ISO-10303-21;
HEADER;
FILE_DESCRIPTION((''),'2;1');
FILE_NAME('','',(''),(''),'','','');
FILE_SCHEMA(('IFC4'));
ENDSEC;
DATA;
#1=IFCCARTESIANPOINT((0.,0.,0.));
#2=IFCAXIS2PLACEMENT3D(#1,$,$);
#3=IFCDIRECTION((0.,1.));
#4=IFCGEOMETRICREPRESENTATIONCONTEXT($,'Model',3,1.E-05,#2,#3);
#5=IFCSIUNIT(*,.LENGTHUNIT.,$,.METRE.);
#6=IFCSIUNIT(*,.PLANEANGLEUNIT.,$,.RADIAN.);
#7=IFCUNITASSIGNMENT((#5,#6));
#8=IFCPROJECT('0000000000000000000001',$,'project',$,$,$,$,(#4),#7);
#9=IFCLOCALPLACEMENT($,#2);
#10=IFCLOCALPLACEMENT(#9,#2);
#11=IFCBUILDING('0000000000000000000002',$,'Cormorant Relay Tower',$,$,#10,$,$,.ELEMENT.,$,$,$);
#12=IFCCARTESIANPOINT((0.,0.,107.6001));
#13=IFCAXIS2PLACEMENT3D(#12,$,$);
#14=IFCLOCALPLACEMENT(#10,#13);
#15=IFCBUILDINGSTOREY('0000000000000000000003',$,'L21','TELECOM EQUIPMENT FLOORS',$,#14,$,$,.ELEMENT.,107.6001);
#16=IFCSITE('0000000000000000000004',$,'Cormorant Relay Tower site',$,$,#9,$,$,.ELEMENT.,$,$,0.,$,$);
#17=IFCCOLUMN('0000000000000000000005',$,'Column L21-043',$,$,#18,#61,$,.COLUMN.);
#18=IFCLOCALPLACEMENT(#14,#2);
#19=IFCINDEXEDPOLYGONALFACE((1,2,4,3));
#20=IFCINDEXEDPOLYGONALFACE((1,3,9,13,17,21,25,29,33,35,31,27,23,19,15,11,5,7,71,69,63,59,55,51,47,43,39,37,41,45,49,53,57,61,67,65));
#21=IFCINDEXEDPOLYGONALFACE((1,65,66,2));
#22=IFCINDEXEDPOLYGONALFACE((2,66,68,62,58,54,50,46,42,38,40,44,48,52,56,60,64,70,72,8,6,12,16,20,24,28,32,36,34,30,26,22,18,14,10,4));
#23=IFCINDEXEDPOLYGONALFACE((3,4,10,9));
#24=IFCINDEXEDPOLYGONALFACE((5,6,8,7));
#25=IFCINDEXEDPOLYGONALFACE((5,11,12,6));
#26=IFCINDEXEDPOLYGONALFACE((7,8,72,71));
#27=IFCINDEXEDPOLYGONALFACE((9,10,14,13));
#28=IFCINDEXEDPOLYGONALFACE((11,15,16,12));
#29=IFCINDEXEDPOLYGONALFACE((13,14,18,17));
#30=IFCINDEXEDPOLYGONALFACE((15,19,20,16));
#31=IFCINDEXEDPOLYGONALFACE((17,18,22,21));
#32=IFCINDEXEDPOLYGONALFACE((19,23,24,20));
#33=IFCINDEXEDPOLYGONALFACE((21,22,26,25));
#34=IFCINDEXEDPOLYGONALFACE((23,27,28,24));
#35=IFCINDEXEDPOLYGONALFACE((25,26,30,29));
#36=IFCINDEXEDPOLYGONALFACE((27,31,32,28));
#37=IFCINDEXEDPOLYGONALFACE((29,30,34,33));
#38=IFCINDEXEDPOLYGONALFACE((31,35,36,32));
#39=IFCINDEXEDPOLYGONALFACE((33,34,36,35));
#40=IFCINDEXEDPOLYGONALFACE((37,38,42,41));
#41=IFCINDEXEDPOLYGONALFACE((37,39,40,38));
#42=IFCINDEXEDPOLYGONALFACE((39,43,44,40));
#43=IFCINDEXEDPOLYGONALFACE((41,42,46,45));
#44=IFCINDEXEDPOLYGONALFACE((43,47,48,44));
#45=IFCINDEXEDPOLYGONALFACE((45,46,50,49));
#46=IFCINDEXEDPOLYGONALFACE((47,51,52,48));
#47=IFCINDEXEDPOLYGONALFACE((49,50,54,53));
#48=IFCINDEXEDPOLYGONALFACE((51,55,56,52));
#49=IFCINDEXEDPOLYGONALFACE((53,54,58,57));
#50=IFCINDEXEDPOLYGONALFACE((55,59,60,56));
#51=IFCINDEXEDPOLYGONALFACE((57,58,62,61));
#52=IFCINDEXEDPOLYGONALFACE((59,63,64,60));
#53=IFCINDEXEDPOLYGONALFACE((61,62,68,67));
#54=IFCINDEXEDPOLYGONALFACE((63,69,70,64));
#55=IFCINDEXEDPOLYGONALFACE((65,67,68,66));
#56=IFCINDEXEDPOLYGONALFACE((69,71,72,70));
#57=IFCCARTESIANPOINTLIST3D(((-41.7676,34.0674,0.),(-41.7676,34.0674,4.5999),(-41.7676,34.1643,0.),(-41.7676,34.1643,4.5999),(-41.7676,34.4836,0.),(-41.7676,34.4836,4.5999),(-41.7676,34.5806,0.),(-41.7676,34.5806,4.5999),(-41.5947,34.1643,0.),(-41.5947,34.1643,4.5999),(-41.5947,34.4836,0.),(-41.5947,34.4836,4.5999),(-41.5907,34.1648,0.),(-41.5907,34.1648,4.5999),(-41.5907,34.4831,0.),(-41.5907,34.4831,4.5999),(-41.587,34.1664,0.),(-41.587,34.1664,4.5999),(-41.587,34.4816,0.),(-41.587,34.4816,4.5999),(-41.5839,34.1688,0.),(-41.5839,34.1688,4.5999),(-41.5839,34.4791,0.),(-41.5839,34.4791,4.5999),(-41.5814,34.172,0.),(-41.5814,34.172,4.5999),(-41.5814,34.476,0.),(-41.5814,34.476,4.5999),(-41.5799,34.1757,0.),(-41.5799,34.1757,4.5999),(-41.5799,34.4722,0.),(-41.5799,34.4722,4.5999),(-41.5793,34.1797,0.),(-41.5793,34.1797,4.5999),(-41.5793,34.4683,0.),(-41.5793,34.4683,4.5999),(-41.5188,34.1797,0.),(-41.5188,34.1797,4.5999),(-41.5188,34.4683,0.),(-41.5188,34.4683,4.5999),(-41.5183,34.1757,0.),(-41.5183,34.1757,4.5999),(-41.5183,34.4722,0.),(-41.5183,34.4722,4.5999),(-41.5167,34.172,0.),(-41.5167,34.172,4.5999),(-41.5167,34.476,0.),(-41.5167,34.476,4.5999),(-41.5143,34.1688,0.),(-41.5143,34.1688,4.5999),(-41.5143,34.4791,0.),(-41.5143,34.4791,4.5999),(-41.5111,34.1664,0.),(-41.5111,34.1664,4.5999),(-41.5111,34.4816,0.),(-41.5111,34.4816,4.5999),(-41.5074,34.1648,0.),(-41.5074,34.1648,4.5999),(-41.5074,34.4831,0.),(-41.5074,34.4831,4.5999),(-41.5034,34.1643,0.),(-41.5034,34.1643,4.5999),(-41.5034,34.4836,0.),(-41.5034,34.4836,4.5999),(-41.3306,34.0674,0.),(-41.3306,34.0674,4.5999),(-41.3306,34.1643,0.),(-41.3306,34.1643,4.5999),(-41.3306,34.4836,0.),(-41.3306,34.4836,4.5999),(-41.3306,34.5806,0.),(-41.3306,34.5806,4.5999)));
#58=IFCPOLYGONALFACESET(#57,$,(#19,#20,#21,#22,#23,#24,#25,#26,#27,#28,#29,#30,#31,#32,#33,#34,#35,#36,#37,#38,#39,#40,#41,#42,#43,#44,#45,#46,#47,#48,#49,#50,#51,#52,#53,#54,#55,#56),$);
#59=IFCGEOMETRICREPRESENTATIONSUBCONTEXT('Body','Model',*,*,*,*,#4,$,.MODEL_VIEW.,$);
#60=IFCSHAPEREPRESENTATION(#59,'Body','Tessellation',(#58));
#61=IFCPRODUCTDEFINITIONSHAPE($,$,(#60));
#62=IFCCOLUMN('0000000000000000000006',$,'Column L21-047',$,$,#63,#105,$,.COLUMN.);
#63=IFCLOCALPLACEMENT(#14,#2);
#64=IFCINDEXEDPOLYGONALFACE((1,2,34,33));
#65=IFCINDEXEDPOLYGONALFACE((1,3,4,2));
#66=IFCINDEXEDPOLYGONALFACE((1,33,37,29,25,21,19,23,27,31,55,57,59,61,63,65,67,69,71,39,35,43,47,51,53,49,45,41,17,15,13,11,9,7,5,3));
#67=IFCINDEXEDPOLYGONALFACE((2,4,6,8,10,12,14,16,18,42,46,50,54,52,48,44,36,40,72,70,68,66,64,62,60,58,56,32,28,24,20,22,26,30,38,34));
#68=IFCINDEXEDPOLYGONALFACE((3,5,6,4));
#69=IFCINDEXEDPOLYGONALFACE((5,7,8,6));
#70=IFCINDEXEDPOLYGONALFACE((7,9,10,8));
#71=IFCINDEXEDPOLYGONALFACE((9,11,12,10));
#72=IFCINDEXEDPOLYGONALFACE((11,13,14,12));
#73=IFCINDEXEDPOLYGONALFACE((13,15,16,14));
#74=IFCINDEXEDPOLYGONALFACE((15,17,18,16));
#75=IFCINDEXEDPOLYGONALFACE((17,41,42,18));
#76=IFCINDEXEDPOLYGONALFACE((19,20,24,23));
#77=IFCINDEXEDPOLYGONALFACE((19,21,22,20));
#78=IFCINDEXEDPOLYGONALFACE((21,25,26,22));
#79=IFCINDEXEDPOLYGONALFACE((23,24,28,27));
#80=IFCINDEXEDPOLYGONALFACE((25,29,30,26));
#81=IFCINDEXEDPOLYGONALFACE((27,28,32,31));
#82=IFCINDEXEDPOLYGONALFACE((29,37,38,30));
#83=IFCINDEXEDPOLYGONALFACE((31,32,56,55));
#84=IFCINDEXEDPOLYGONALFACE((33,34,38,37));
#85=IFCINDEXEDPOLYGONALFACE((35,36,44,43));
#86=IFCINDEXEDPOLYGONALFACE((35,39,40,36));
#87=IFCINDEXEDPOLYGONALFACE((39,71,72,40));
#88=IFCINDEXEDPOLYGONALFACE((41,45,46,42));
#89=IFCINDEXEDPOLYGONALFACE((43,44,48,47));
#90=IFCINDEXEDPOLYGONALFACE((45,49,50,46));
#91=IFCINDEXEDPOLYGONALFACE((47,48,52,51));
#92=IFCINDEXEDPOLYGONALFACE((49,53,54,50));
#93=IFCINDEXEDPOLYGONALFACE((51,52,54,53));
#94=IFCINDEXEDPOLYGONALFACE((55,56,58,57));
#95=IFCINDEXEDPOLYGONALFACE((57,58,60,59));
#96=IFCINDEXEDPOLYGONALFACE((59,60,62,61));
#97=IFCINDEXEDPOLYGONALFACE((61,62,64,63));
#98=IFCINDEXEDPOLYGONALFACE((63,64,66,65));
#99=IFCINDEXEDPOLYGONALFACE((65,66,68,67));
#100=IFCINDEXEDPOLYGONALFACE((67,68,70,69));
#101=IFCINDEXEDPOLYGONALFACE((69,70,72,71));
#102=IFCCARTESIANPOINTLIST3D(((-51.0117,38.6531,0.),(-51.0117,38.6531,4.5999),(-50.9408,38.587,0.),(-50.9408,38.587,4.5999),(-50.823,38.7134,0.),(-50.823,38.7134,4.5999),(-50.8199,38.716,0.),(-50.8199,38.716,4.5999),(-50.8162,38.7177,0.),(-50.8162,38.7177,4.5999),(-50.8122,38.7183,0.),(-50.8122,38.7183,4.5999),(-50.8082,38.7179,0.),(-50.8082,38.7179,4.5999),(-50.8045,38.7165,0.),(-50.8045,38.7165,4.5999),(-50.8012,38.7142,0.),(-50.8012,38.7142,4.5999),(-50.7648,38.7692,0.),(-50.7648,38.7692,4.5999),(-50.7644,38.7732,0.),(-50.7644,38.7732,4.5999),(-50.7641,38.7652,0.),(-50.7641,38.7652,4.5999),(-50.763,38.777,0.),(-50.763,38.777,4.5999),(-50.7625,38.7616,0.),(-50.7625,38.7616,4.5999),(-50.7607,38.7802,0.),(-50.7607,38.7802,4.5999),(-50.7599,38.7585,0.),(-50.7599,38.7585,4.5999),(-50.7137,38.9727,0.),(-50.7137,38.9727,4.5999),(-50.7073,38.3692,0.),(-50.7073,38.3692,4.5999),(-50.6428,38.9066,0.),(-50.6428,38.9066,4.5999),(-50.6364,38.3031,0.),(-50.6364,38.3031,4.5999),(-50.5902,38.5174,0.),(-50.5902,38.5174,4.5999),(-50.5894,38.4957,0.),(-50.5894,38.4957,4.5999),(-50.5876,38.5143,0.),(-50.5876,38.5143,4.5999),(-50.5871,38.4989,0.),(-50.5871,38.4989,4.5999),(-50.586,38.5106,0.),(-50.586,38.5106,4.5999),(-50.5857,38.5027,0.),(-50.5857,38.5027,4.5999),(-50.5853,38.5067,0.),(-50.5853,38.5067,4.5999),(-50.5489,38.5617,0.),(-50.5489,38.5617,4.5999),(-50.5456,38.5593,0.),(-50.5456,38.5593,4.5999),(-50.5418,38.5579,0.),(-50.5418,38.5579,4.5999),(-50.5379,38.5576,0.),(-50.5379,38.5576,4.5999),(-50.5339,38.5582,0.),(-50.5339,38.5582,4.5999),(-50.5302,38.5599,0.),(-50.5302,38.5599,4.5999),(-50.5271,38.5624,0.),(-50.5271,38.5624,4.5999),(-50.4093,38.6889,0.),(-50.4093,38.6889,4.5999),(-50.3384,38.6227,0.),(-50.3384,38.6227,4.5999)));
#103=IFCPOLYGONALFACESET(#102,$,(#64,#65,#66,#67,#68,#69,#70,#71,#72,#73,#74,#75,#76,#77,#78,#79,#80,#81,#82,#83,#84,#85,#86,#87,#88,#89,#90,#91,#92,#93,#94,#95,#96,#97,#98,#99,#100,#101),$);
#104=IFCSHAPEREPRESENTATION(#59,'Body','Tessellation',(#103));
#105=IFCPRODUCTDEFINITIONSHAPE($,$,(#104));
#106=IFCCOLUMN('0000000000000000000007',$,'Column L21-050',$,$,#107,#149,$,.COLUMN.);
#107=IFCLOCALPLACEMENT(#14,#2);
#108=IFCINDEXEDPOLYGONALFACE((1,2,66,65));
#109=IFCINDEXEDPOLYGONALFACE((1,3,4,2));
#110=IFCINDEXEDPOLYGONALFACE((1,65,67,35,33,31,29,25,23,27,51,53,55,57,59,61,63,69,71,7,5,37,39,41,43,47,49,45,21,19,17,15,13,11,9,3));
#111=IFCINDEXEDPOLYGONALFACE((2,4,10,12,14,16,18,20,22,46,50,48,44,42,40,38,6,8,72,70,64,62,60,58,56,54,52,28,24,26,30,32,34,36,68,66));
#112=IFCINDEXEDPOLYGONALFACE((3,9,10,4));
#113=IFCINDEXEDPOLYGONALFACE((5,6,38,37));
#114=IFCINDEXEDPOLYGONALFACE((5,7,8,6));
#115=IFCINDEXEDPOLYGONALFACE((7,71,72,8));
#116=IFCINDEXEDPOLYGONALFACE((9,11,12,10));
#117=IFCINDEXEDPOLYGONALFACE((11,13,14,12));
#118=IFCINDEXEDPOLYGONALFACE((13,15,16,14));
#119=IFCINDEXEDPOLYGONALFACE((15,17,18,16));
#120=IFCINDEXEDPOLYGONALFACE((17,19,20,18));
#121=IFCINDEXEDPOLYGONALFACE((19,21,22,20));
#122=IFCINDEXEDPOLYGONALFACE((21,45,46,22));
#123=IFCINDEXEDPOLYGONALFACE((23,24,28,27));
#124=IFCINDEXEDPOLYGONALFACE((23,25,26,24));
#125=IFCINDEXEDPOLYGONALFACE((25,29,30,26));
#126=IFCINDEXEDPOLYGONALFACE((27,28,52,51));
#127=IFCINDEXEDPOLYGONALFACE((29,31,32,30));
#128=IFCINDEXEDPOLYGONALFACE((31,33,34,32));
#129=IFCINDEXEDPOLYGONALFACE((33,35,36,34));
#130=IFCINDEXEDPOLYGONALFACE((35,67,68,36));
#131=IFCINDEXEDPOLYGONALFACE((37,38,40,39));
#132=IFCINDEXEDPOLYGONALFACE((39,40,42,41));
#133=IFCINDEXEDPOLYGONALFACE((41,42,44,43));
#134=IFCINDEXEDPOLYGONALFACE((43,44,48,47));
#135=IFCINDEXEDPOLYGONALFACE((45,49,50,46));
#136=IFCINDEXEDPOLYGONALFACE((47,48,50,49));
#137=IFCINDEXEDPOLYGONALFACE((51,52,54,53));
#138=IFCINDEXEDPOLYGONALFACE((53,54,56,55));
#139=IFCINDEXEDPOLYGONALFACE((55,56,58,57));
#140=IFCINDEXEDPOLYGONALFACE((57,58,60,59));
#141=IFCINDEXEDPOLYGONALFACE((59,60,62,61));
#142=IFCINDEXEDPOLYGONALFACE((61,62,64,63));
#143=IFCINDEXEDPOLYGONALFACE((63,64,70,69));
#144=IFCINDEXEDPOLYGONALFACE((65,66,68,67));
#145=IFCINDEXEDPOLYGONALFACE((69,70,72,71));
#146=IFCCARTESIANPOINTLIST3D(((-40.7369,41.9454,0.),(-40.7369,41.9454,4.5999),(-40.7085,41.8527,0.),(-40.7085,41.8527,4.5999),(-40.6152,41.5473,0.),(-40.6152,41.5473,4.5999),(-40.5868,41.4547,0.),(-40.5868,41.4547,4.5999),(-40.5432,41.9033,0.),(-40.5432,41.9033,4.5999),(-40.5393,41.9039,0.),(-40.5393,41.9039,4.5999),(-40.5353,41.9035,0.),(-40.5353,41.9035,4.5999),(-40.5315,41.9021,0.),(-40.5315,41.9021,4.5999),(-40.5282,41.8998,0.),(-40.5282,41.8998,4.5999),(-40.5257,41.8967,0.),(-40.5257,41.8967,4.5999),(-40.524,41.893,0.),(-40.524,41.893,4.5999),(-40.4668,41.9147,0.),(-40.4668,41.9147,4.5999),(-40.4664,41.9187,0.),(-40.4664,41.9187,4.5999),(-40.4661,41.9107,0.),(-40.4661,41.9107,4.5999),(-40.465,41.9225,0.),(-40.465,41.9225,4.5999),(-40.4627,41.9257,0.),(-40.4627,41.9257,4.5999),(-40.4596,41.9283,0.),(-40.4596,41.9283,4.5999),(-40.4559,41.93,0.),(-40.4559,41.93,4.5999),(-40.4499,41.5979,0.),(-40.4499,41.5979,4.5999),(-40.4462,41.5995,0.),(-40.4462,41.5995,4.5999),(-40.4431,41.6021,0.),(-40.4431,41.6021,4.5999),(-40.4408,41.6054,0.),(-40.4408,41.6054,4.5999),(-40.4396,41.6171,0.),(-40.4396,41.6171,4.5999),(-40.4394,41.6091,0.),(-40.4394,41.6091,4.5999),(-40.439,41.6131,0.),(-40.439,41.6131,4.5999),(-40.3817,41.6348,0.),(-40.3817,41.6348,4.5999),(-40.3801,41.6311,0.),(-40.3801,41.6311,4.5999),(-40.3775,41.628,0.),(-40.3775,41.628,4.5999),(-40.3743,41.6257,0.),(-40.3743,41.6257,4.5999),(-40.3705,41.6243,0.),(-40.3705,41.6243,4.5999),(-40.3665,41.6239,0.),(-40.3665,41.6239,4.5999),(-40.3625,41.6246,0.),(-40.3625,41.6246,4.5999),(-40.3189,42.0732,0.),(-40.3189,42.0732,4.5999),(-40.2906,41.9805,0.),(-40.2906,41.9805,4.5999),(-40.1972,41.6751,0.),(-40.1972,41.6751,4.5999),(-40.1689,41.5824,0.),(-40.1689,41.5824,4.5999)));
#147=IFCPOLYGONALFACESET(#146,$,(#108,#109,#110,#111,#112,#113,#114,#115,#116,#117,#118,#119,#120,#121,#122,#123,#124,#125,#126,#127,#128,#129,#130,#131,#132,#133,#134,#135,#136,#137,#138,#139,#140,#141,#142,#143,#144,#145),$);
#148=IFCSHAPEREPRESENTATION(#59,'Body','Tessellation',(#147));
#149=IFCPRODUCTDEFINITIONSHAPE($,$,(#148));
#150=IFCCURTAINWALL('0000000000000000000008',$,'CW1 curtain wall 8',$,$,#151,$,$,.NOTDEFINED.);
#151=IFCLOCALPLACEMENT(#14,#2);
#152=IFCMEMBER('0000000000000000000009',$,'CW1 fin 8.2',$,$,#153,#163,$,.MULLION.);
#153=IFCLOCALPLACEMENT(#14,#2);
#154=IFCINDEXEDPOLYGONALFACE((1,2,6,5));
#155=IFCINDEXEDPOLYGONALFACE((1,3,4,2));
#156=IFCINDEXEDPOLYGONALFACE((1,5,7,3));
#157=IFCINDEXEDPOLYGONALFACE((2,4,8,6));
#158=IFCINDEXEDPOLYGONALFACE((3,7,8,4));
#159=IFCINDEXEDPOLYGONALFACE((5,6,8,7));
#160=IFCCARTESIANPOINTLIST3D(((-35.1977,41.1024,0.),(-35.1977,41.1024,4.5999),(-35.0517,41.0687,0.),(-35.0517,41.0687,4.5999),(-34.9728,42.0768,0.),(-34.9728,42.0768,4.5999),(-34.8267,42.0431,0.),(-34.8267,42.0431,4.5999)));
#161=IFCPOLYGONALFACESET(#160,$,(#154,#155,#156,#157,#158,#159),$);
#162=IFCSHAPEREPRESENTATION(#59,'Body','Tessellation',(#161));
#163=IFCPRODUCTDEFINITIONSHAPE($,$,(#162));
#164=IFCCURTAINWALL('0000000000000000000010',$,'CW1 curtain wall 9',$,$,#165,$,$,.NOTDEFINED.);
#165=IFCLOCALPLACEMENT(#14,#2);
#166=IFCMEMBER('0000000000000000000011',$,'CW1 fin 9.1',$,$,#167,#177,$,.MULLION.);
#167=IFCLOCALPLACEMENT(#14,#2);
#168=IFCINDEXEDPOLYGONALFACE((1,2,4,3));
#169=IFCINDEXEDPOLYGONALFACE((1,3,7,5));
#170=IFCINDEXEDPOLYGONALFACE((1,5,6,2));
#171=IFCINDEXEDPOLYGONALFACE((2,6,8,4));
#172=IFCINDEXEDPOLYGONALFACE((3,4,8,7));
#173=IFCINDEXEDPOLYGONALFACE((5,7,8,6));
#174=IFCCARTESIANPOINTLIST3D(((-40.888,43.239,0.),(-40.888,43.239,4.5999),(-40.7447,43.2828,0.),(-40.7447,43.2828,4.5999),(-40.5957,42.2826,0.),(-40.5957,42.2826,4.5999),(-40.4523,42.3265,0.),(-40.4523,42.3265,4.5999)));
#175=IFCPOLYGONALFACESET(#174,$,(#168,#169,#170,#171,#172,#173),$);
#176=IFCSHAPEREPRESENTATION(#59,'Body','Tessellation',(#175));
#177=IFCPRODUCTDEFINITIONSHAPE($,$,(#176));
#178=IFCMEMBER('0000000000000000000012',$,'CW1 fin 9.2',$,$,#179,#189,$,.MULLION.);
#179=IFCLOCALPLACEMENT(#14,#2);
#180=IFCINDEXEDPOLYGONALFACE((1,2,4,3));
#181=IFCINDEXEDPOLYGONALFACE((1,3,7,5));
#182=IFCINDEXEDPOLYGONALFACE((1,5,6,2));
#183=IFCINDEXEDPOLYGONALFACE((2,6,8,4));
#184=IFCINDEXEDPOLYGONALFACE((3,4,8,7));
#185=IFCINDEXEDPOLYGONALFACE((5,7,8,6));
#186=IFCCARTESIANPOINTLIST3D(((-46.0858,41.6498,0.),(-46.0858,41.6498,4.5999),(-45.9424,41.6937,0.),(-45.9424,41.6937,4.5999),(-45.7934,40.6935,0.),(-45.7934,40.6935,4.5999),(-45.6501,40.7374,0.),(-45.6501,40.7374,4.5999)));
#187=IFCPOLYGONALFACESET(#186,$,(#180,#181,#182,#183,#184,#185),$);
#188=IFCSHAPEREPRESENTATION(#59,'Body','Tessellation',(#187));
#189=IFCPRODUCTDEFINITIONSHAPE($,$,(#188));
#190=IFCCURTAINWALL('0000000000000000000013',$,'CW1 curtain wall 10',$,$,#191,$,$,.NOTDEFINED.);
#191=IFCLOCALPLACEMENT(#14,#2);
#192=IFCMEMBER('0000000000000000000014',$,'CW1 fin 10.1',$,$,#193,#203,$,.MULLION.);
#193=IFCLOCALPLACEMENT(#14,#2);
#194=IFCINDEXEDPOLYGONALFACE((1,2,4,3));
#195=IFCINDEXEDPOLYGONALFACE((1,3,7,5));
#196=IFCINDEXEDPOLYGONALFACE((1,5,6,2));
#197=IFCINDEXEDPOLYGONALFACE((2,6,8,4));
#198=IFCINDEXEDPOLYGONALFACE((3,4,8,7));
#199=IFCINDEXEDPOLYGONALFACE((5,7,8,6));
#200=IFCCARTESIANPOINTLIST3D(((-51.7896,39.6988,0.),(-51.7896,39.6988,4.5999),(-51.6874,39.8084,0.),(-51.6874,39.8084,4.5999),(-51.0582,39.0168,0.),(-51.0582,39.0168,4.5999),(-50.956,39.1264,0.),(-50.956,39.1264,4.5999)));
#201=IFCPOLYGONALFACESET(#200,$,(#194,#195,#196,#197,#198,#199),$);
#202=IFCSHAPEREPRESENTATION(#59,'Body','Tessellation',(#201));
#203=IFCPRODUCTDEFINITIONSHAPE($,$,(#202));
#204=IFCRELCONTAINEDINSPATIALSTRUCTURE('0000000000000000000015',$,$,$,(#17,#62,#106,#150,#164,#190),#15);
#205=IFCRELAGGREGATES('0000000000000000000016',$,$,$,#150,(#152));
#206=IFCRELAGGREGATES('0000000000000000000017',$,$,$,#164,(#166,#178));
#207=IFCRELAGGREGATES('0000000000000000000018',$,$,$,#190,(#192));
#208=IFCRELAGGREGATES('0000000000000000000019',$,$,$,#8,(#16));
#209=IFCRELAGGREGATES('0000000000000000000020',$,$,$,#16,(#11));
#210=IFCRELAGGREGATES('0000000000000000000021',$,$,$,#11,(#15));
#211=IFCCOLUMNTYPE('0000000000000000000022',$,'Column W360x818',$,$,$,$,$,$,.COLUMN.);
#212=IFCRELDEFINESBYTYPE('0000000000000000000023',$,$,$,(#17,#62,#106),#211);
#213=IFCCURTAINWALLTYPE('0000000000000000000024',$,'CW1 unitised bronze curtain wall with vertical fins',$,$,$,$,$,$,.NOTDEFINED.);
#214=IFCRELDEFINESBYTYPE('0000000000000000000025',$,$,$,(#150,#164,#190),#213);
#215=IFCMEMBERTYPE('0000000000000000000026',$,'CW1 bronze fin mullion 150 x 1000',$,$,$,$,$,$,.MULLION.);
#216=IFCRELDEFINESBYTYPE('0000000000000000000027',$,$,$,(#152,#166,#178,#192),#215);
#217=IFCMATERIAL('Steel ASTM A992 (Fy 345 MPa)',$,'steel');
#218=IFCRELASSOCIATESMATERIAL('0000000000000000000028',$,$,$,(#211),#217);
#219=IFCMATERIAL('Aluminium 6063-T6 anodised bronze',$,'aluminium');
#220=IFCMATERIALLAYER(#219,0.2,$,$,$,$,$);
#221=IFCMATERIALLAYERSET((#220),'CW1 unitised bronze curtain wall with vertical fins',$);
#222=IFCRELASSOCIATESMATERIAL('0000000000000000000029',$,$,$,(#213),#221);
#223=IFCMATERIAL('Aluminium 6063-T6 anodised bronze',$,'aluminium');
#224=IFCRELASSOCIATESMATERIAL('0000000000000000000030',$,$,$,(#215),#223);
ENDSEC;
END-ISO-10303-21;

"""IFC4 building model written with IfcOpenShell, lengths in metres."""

from ifc_helpers import new_model, si_unit, direction, frame, origin, origin_2d, place, context, subcontext, project, spatial, rectangle, i_section, extrude, material, layer, layer_set, material_profile, profile_set, type_object, element, aggregate, save


model = new_model("IFC4")

# Units and contexts
model_context = context("Model", 3, precision=1e-05, world=origin(), true_north=direction((0.0, 1.0)))
body_context = subcontext(model_context, "Body", "Model", "MODEL_VIEW")
ifc_project = project(units=[si_unit("LENGTHUNIT", "METRE"), si_unit("PLANEANGLEUNIT", "RADIAN")], contexts=[model_context])

# Site, building, storey
site_placement = place(None, origin())
site = spatial("IfcSite", under=ifc_project, at=site_placement, Name="Cormorant Relay Tower site", CompositionType="ELEMENT", RefElevation=0.0)
building_placement = place(site_placement, origin())
building = spatial("IfcBuilding", under=site, at=building_placement, Name="Cormorant Relay Tower", CompositionType="ELEMENT")
storey_placement = place(building_placement, frame((0.0, 0.0, 107.6001)))
storey = spatial("IfcBuildingStorey", under=building, at=storey_placement, Name="L21", Description="TELECOM EQUIPMENT FLOORS", CompositionType="ELEMENT", Elevation=107.6001)

# Columns
ifc_material_1 = material(Name="Steel ASTM A992 (Fy 345 MPa)", Category="steel")
ifc_material_profile_1 = material_profile(ifc_material_1, i_section(OverallWidth=0.437, OverallDepth=0.5132, WebThickness=0.0605, FlangeThickness=0.0969, FilletRadius=0.0154, at=origin_2d()), Name="W360x818")
ifc_profile_set_1 = profile_set([ifc_material_profile_1], Name="Steel ASTM A992 (Fy 345 MPa)")
column_type = type_object("IfcColumnType", Name="Column W360x818", PredefinedType="COLUMN", material=ifc_profile_set_1)
for number, where, z_axis, x_axis, name in (
    (1, (-41.5491, 34.324, 0.0), (0.0, 0.0, 1.0), (1.0, 0.0, 0.0), "Column L21-043"),
    (2, (-50.675, 38.6379, 0.0), (0.0, 0.0, 1.0), (-0.681998, -0.731354, 0.0), "Column L21-047"),
    (3, (-40.4529, 41.7639, 0.0), (0.0, 0.0, 1.0), (-0.956305, -0.292372, 0.0), "Column L21-050"),
):
    element("IfcColumn", number, at=place(storey_placement, frame(where, z_axis=z_axis, x_axis=x_axis)), inside=storey, type_object=column_type, Name=name, PredefinedType="COLUMN", context=body_context, shape_type="SweptSolid", body=[
        extrude(i_section(OverallWidth=0.437, OverallDepth=0.5132, WebThickness=0.0605, FlangeThickness=0.0969, FilletRadius=0.0154, at=origin_2d()), origin(), (0.0, 0.0, 1.0), 4.5999),
    ])

# Curtain wall, member
ifc_material_2 = material(Name="Aluminium 6063-T6 anodised bronze", Category="aluminium")
ifc_layer_1 = layer(ifc_material_2, 0.2)
ifc_layer_set_1 = layer_set([ifc_layer_1], Name="CW1 unitised bronze curtain wall with vertical fins")
curtain_wall_type = type_object("IfcCurtainWallType", Name="CW1 unitised bronze curtain wall with vertical fins", PredefinedType="NOTDEFINED", material=ifc_layer_set_1)
curtain_wall_1_placement = place(storey_placement, origin())
curtain_wall_1 = element("IfcCurtainWall", 4, at=curtain_wall_1_placement, inside=storey, type_object=curtain_wall_type, Name="CW1 curtain wall 8", PredefinedType="NOTDEFINED")
ifc_material_3 = material(Name="Aluminium 6063-T6 anodised bronze", Category="aluminium")
ifc_material_profile_2 = material_profile(ifc_material_3, rectangle(XDim=0.1499, YDim=1.0, at=origin_2d()), Name="AL 150x1000")
ifc_profile_set_2 = profile_set([ifc_material_profile_2], Name="Aluminium 6063-T6 anodised bronze")
member_type_1 = type_object("IfcMemberType", Name="CW1 bronze fin mullion 150 x 1000", PredefinedType="MULLION", material=ifc_profile_set_2)
member_1_placement = place(storey_placement, frame((-35.0122, 41.5728, 0.0), z_axis=(0.0, 0.0, 1.0), x_axis=(-0.97437, 0.224951, 0.0)))
member_1 = element("IfcMember", 5, at=member_1_placement, type_object=member_type_1, Name="CW1 fin 8.2", PredefinedType="MULLION", context=body_context, shape_type="SweptSolid", body=[
    extrude(rectangle(XDim=0.1499, YDim=1.0, at=origin_2d()), origin(), (0.0, 0.0, 1.0), 4.5999),
])

# Curtain walls, members
curtain_wall_2_placement = place(storey_placement, origin())
curtain_wall_2 = element("IfcCurtainWall", 6, at=curtain_wall_2_placement, inside=storey, type_object=curtain_wall_type, Name="CW1 curtain wall 9", PredefinedType="NOTDEFINED")
member_2_placement = place(storey_placement, frame((-40.6702, 42.7827, 0.0), z_axis=(0.0, 0.0, 1.0), x_axis=(-0.956305, -0.292372, 0.0)))
member_2 = element("IfcMember", 7, at=member_2_placement, type_object=member_type_1, Name="CW1 fin 9.1", PredefinedType="MULLION", context=body_context, shape_type="SweptSolid", body=[
    extrude(rectangle(XDim=0.1499, YDim=1.0, at=origin_2d()), origin(), (0.0, 0.0, 1.0), 4.5999),
])
member_3_placement = place(storey_placement, frame((-45.8679, 41.1936, 0.0), z_axis=(0.0, 0.0, 1.0), x_axis=(-0.956305, -0.292372, 0.0)))
member_3 = element("IfcMember", 8, at=member_3_placement, type_object=member_type_1, Name="CW1 fin 9.2", PredefinedType="MULLION", context=body_context, shape_type="SweptSolid", body=[
    extrude(rectangle(XDim=0.1499, YDim=1.0, at=origin_2d()), origin(), (0.0, 0.0, 1.0), 4.5999),
])
curtain_wall_3_placement = place(storey_placement, origin())
curtain_wall_3 = element("IfcCurtainWall", 9, at=curtain_wall_3_placement, inside=storey, type_object=curtain_wall_type, Name="CW1 curtain wall 10", PredefinedType="NOTDEFINED")
member_4_placement = place(storey_placement, frame((-51.3728, 39.4126, 0.0), z_axis=(0.0, 0.0, 1.0), x_axis=(-0.681998, -0.731354, 0.0)))
member_4 = element("IfcMember", 10, at=member_4_placement, type_object=member_type_1, Name="CW1 fin 10.1", PredefinedType="MULLION", context=body_context, shape_type="SweptSolid", body=[
    extrude(rectangle(XDim=0.1499, YDim=1.0, at=origin_2d()), origin(), (0.0, 0.0, 1.0), 4.5999),
])

aggregate(curtain_wall_1, [member_1])
aggregate(curtain_wall_2, [member_2, member_3])
aggregate(curtain_wall_3, [member_4])

save(model, "model.ifc")
